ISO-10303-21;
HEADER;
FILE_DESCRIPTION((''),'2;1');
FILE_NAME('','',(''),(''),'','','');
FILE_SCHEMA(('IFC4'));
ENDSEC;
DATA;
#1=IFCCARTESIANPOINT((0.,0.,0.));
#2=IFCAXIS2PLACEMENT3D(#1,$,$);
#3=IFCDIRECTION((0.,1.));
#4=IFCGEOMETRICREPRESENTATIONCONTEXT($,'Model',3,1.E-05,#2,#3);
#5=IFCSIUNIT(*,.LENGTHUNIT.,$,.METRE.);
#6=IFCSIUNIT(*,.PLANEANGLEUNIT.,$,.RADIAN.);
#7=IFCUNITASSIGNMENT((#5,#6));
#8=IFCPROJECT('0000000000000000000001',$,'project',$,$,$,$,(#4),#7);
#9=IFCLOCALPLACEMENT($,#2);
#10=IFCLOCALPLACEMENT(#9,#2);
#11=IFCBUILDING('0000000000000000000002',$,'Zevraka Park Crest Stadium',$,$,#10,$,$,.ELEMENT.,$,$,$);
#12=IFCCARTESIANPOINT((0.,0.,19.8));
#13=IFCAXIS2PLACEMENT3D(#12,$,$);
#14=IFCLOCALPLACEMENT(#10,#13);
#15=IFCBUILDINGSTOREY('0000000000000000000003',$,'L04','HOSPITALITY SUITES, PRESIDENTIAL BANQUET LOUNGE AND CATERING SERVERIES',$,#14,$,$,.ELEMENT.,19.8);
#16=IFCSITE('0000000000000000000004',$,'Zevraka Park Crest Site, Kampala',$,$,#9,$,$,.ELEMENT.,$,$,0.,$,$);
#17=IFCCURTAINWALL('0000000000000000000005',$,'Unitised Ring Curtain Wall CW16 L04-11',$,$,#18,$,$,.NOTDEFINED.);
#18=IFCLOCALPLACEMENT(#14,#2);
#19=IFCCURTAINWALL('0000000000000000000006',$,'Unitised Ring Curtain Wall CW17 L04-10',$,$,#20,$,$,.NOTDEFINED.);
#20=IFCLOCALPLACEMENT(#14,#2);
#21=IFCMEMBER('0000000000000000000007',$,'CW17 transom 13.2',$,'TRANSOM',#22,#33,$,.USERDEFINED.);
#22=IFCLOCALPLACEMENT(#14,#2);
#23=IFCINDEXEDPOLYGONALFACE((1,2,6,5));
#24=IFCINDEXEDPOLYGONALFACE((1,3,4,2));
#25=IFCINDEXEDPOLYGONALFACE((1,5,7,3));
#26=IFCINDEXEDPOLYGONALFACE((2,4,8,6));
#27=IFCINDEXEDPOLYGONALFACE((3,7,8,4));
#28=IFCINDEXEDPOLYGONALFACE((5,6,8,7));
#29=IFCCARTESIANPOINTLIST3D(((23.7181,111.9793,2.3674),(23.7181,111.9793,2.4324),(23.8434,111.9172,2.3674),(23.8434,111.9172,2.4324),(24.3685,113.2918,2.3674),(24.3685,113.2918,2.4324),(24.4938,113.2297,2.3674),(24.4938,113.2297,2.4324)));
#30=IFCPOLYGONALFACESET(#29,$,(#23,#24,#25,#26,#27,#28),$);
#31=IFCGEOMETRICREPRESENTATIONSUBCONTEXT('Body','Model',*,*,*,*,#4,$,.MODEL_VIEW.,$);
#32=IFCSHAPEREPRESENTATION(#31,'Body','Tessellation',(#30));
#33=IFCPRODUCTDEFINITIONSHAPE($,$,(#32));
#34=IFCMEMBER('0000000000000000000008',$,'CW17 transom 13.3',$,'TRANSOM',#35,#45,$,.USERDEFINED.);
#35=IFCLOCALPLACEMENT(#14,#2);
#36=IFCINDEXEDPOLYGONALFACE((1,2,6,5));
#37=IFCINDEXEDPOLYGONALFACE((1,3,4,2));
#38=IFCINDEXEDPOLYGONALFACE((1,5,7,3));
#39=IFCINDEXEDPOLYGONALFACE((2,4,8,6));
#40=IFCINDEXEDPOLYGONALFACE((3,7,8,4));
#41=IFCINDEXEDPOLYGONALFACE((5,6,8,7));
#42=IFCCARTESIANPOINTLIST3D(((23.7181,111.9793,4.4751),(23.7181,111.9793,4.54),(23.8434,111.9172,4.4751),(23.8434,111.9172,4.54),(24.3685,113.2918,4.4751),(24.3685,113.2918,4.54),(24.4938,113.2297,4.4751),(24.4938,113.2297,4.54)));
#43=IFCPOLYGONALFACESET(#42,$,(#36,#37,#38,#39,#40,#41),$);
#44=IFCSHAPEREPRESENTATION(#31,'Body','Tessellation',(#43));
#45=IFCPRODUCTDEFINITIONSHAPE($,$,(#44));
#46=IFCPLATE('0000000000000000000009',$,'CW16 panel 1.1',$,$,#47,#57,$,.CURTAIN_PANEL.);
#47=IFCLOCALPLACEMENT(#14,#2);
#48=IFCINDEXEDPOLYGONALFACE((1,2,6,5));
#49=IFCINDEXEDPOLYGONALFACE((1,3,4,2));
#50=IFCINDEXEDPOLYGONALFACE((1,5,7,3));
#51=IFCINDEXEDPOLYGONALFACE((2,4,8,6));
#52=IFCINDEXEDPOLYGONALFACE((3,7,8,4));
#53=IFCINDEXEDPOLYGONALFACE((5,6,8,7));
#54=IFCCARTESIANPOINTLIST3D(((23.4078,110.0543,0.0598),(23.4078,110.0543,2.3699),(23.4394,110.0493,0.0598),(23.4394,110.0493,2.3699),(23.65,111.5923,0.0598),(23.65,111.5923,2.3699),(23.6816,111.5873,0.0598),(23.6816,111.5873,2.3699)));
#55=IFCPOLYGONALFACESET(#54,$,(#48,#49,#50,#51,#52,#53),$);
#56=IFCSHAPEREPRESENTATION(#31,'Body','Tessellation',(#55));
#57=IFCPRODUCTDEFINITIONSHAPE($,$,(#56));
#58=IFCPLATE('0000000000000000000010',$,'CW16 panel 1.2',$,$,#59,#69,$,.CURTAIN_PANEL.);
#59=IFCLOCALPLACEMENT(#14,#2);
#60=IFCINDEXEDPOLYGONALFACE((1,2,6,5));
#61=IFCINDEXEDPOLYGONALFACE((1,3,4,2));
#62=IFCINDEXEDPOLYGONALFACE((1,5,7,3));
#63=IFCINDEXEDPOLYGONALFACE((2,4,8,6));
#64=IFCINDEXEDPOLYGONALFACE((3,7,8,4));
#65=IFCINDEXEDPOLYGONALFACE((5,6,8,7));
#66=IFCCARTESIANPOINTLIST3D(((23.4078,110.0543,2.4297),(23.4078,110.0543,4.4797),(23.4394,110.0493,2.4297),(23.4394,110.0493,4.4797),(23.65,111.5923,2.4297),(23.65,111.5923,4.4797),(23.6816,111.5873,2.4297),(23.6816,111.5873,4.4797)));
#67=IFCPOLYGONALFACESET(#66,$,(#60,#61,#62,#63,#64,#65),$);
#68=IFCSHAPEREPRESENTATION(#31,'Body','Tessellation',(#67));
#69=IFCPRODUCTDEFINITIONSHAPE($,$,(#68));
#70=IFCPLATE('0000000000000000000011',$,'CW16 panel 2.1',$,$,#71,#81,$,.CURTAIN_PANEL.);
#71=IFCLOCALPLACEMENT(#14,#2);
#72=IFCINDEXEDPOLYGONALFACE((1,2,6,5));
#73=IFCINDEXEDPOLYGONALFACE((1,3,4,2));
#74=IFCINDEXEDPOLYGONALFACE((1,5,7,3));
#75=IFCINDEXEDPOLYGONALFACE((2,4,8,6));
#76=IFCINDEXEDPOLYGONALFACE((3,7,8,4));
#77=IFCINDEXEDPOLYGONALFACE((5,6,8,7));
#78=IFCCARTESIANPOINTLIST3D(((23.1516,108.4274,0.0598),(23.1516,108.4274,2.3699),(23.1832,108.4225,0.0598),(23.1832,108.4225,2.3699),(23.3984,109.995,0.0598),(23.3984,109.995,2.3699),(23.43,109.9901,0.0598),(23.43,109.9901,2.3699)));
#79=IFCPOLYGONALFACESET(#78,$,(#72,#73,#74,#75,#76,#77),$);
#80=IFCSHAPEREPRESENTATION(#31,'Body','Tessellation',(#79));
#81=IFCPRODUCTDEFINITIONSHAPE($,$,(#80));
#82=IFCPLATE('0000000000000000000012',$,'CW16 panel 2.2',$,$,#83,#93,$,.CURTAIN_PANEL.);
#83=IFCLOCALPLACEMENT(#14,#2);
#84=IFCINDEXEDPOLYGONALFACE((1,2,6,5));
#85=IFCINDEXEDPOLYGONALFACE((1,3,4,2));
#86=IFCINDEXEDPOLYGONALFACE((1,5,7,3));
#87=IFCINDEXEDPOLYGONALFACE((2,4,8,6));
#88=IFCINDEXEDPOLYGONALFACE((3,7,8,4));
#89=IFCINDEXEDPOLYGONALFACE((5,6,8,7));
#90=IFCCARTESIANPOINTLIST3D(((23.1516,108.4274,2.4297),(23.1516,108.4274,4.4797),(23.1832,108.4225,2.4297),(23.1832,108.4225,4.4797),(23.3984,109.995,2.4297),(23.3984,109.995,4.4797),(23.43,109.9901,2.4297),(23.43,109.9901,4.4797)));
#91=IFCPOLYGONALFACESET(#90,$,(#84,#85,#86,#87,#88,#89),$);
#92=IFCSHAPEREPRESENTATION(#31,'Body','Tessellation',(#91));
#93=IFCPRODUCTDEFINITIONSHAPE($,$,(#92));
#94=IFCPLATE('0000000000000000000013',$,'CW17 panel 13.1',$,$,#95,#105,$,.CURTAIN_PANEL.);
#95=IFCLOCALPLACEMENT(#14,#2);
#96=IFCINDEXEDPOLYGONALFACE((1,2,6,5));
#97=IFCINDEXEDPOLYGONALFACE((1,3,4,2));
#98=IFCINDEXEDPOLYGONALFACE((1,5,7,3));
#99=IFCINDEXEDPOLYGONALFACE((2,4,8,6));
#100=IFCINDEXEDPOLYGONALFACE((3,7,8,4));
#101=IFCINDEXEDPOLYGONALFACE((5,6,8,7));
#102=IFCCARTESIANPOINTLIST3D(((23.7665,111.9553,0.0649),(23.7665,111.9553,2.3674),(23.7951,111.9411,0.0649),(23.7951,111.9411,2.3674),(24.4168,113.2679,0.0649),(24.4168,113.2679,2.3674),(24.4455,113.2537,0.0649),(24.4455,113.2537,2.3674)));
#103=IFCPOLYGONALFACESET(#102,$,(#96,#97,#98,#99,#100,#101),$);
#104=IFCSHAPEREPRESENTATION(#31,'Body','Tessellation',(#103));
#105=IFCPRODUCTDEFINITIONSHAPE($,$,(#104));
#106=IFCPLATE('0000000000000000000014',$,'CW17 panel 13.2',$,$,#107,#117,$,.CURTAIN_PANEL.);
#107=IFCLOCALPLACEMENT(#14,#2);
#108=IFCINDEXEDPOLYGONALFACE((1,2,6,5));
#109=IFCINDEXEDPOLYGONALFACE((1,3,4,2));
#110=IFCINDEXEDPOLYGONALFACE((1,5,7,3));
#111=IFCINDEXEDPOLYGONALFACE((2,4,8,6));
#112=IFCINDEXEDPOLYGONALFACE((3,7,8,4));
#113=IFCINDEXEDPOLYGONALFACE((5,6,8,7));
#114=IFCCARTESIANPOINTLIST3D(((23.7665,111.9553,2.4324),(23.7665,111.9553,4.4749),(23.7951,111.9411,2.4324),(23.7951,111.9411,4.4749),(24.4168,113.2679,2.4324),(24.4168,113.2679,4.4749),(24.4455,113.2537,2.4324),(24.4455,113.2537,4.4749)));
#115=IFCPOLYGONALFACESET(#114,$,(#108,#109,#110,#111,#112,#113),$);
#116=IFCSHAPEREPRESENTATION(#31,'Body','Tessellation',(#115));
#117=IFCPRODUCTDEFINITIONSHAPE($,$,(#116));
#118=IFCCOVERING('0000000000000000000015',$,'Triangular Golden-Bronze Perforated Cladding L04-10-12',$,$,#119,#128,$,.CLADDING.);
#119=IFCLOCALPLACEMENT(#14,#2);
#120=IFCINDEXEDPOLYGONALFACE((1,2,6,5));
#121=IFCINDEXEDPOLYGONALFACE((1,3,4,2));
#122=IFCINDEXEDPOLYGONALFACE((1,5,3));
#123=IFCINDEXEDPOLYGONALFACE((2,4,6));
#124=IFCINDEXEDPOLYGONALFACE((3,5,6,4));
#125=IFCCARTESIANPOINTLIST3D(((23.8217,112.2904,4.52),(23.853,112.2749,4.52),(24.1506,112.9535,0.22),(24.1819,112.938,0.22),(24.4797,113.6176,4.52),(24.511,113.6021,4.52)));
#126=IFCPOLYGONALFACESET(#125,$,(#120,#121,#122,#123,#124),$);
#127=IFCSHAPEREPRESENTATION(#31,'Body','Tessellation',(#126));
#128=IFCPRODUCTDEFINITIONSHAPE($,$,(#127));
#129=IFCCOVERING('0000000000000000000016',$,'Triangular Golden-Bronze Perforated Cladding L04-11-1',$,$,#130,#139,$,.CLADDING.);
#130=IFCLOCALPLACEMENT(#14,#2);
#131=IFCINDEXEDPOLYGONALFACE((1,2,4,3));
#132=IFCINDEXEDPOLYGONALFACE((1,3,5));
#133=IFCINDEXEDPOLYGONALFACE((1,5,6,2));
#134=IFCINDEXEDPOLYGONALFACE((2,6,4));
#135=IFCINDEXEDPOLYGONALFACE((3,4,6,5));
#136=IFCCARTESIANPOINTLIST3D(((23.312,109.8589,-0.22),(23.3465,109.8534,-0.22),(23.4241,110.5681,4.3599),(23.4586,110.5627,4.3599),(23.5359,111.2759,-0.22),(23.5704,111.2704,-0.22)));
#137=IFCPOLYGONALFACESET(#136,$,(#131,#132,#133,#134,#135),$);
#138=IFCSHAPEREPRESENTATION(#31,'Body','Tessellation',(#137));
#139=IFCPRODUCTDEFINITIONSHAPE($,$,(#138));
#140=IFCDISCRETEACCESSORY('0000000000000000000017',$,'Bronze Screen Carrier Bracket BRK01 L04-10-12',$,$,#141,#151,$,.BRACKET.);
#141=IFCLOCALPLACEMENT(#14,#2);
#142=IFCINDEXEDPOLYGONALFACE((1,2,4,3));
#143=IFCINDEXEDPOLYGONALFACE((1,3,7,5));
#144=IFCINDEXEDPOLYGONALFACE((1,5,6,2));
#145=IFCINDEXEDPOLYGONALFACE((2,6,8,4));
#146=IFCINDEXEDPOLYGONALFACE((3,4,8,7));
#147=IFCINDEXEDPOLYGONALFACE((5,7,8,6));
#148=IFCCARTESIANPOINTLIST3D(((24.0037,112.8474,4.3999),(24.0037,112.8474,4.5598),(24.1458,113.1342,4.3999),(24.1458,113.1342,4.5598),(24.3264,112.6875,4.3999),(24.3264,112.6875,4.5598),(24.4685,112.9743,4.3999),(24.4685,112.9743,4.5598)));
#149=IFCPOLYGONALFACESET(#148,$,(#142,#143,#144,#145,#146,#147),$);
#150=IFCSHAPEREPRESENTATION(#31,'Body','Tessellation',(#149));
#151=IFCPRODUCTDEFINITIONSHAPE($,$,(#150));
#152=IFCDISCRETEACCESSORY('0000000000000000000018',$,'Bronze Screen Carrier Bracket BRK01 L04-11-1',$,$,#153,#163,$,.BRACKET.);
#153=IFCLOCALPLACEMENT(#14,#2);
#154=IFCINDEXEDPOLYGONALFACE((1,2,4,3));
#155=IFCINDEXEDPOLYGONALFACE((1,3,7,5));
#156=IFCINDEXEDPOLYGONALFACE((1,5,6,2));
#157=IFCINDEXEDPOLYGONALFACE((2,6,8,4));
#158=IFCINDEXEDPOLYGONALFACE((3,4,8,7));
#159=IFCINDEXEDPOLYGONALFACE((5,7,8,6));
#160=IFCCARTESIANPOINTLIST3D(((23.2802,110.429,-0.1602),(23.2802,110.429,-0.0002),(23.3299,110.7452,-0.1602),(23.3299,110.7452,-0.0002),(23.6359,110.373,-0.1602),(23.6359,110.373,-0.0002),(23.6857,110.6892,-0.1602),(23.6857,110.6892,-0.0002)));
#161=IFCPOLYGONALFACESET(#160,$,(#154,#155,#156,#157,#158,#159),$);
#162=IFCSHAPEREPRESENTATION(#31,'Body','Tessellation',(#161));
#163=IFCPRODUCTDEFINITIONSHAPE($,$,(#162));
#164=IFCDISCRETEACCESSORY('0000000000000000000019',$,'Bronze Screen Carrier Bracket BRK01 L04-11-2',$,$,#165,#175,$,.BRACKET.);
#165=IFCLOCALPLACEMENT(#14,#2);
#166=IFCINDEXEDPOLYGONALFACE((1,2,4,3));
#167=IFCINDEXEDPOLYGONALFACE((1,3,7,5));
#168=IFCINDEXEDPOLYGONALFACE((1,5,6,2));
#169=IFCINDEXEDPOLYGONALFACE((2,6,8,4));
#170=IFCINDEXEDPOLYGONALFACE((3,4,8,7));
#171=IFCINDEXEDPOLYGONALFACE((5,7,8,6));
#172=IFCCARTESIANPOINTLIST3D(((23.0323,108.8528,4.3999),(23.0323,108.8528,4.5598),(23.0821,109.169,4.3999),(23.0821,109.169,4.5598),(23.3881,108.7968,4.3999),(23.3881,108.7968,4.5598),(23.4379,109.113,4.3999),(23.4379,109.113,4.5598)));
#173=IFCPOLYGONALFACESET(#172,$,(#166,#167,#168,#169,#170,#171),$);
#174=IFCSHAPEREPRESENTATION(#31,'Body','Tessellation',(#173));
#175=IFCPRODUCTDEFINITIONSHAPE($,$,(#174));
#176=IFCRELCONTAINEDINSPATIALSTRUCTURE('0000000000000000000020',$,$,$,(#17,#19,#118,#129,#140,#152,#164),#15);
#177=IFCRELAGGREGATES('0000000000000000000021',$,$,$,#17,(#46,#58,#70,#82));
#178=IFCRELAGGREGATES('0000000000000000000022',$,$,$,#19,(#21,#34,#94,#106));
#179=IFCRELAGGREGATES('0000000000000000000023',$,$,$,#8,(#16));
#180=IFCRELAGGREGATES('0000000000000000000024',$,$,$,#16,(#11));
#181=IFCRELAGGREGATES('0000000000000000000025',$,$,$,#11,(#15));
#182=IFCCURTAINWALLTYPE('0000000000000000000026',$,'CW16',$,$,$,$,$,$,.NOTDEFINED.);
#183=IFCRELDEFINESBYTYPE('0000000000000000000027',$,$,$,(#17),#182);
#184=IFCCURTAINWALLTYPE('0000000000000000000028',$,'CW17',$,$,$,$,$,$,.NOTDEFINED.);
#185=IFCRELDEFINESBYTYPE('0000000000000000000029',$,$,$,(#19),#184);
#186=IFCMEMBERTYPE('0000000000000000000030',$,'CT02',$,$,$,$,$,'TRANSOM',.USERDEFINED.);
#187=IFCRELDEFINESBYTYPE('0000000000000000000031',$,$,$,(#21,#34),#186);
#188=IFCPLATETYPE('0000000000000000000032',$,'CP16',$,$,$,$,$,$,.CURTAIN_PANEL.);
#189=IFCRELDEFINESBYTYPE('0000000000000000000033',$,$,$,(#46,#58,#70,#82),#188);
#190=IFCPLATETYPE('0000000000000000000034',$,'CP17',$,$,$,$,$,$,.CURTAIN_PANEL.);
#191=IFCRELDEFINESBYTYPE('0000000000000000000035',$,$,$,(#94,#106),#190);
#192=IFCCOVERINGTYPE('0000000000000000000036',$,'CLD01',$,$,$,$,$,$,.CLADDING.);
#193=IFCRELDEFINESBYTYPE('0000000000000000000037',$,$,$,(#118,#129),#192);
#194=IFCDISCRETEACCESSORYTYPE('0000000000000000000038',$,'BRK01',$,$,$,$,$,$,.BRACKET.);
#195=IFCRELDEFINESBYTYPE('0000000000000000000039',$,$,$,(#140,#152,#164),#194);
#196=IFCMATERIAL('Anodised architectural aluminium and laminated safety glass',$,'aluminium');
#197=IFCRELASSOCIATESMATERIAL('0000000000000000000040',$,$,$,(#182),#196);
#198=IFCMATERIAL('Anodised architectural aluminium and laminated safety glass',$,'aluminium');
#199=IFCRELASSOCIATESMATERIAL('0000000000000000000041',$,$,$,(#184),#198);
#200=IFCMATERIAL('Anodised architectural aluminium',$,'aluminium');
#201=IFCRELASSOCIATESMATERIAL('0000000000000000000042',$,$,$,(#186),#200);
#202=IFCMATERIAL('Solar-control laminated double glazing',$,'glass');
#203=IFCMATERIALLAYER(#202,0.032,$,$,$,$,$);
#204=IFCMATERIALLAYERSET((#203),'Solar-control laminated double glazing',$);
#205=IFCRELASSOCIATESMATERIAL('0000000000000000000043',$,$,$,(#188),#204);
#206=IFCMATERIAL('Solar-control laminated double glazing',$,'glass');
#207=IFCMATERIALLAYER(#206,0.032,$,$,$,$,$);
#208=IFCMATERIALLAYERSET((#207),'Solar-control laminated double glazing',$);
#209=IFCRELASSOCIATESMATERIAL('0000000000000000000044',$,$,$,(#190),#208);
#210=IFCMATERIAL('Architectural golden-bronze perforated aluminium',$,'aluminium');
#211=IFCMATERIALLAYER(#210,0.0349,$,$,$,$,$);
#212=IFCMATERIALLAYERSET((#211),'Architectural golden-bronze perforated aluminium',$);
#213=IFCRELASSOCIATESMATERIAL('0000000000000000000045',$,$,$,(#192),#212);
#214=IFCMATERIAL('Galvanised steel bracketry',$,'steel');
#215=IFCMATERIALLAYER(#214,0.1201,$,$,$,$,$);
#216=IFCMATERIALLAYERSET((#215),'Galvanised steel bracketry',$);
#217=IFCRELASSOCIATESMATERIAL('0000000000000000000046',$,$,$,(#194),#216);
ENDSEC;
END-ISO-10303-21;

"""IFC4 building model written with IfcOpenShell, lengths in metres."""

from ifc_helpers import new_model, si_unit, direction, frame, origin, origin_2d, place, context, subcontext, project, spatial, polyline, rectangle, outline, extrude, material, layer, layer_set, material_profile, profile_set, type_object, element, aggregate, save


model = new_model("IFC4")

# Units and contexts
model_context = context("Model", 3, precision=1e-05, world=origin(), true_north=direction((0.0, 1.0)))
body_context = subcontext(model_context, "Body", "Model", "MODEL_VIEW")
ifc_project = project(units=[si_unit("LENGTHUNIT", "METRE"), si_unit("PLANEANGLEUNIT", "RADIAN")], contexts=[model_context])

# Site, building, storey
site_placement = place(None, origin())
site = spatial("IfcSite", under=ifc_project, at=site_placement, Name="Zevraka Park Crest Site, Kampala", CompositionType="ELEMENT", RefElevation=0.0)
building_placement = place(site_placement, origin())
building = spatial("IfcBuilding", under=site, at=building_placement, Name="Zevraka Park Crest Stadium", CompositionType="ELEMENT")
storey_placement = place(building_placement, frame((0.0, 0.0, 19.8)))
storey = spatial("IfcBuildingStorey", under=building, at=storey_placement, Name="L04", Description="HOSPITALITY SUITES, PRESIDENTIAL BANQUET LOUNGE AND CATERING SERVERIES", CompositionType="ELEMENT", Elevation=19.8)

# Curtain wall
ifc_material_1 = material(Name="Anodised architectural aluminium and laminated safety glass", Category="aluminium")
curtain_wall_type_1 = type_object("IfcCurtainWallType", Name="CW16", PredefinedType="NOTDEFINED", material=ifc_material_1)
curtain_wall_1_placement = place(storey_placement, origin())
curtain_wall_1 = element("IfcCurtainWall", 1, at=curtain_wall_1_placement, inside=storey, type_object=curtain_wall_type_1, Name="Unitised Ring Curtain Wall CW16 L04-11", PredefinedType="NOTDEFINED")

# Curtain wall
ifc_material_2 = material(Name="Anodised architectural aluminium and laminated safety glass", Category="aluminium")
curtain_wall_type_2 = type_object("IfcCurtainWallType", Name="CW17", PredefinedType="NOTDEFINED", material=ifc_material_2)
curtain_wall_2_placement = place(storey_placement, origin())
curtain_wall_2 = element("IfcCurtainWall", 2, at=curtain_wall_2_placement, inside=storey, type_object=curtain_wall_type_2, Name="Unitised Ring Curtain Wall CW17 L04-10", PredefinedType="NOTDEFINED")

# Members
ifc_material_3 = material(Name="Anodised architectural aluminium", Category="aluminium")
ifc_material_profile_1 = material_profile(ifc_material_3, rectangle(XDim=0.1399, YDim=0.0649, at=origin_2d()), Name="ALU TRANSOM 140x65")
ifc_profile_set_1 = profile_set([ifc_material_profile_1], Name="Anodised architectural aluminium")
member_type_1 = type_object("IfcMemberType", Name="CT02", ElementType="TRANSOM", PredefinedType="USERDEFINED", material=ifc_profile_set_1)
member_1_placement = place(storey_placement, frame((24.4312, 113.2607, 2.3999), z_axis=(-0.444011, -0.896022, 0.0), x_axis=(0.896022, -0.444011, 0.0)))
member_1 = element("IfcMember", 3, at=member_1_placement, type_object=member_type_1, Name="CW17 transom 13.2", ObjectType="TRANSOM", PredefinedType="USERDEFINED", context=body_context, shape_type="SweptSolid", body=[
    extrude(rectangle(XDim=0.1399, YDim=0.0649, at=origin_2d()), origin(), (0.0, 0.0, 1.0), 1.4648),
])
member_2_placement = place(storey_placement, frame((24.4312, 113.2607, 4.5076), z_axis=(-0.444011, -0.896022, 0.0), x_axis=(0.896022, -0.444011, 0.0)))
member_2 = element("IfcMember", 4, at=member_2_placement, type_object=member_type_1, Name="CW17 transom 13.3", ObjectType="TRANSOM", PredefinedType="USERDEFINED", context=body_context, shape_type="SweptSolid", body=[
    extrude(rectangle(XDim=0.1399, YDim=0.0649, at=origin_2d()), origin(), (0.0, 0.0, 1.0), 1.4648),
])

# Plates
ifc_material_4 = material(Name="Solar-control laminated double glazing", Category="glass")
ifc_layer_1 = layer(ifc_material_4, 0.032)
ifc_layer_set_1 = layer_set([ifc_layer_1], Name="Solar-control laminated double glazing")
plate_type_1 = type_object("IfcPlateType", Name="CP16", PredefinedType="CURTAIN_PANEL", material=ifc_layer_set_1)
plate_1_placement = place(storey_placement, frame((23.5447, 110.8208, 0.0598), z_axis=(0.0, 0.0, 1.0), x_axis=(-0.155539, -0.98783, 0.0)))
plate_1 = element("IfcPlate", 5, at=plate_1_placement, type_object=plate_type_1, Name="CW16 panel 1.1", PredefinedType="CURTAIN_PANEL", context=body_context, shape_type="SweptSolid", body=[
    extrude(rectangle(XDim=1.5569, YDim=0.032, at=origin_2d()), origin(), (0.0, 0.0, 1.0), 2.3101),
])
plate_2_placement = place(storey_placement, frame((23.5447, 110.8208, 2.4297), z_axis=(0.0, 0.0, 1.0), x_axis=(-0.155539, -0.98783, 0.0)))
plate_2 = element("IfcPlate", 6, at=plate_2_placement, type_object=plate_type_1, Name="CW16 panel 1.2", PredefinedType="CURTAIN_PANEL", context=body_context, shape_type="SweptSolid", body=[
    extrude(rectangle(XDim=1.5569, YDim=0.032, at=origin_2d()), origin(), (0.0, 0.0, 1.0), 2.05),
])
plate_3_placement = place(storey_placement, frame((23.2908, 109.2087, 0.0598), z_axis=(0.0, 0.0, 1.0), x_axis=(-0.155539, -0.98783, 0.0)))
plate_3 = element("IfcPlate", 7, at=plate_3_placement, type_object=plate_type_1, Name="CW16 panel 2.1", PredefinedType="CURTAIN_PANEL", context=body_context, shape_type="SweptSolid", body=[
    extrude(rectangle(XDim=1.5869, YDim=0.032, at=origin_2d()), origin(), (0.0, 0.0, 1.0), 2.3101),
])
plate_4_placement = place(storey_placement, frame((23.2908, 109.2087, 2.4297), z_axis=(0.0, 0.0, 1.0), x_axis=(-0.155539, -0.98783, 0.0)))
plate_4 = element("IfcPlate", 8, at=plate_4_placement, type_object=plate_type_1, Name="CW16 panel 2.2", PredefinedType="CURTAIN_PANEL", context=body_context, shape_type="SweptSolid", body=[
    extrude(rectangle(XDim=1.5869, YDim=0.032, at=origin_2d()), origin(), (0.0, 0.0, 1.0), 2.05),
])
aggregate(curtain_wall_1, [plate_1, plate_2, plate_3, plate_4])
ifc_material_5 = material(Name="Solar-control laminated double glazing", Category="glass")
ifc_layer_2 = layer(ifc_material_5, 0.032)
ifc_layer_set_2 = layer_set([ifc_layer_2], Name="Solar-control laminated double glazing")
plate_type_2 = type_object("IfcPlateType", Name="CP17", PredefinedType="CURTAIN_PANEL", material=ifc_layer_set_2)
plate_5_placement = place(storey_placement, frame((24.106, 112.6045, 0.0649), z_axis=(0.0, 0.0, 1.0), x_axis=(-0.443961, -0.896046, 0.0)))
plate_5 = element("IfcPlate", 9, at=plate_5_placement, type_object=plate_type_2, Name="CW17 panel 13.1", PredefinedType="CURTAIN_PANEL", context=body_context, shape_type="SweptSolid", body=[
    extrude(rectangle(XDim=1.4648, YDim=0.032, at=origin_2d()), origin(), (0.0, 0.0, 1.0), 2.3025),
])
plate_6_placement = place(storey_placement, frame((24.106, 112.6045, 2.4324), z_axis=(0.0, 0.0, 1.0), x_axis=(-0.443961, -0.896046, 0.0)))
plate_6 = element("IfcPlate", 10, at=plate_6_placement, type_object=plate_type_2, Name="CW17 panel 13.2", PredefinedType="CURTAIN_PANEL", context=body_context, shape_type="SweptSolid", body=[
    extrude(rectangle(XDim=1.4648, YDim=0.032, at=origin_2d()), origin(), (0.0, 0.0, 1.0), 2.0425),
])
aggregate(curtain_wall_2, [member_1, member_2, plate_5, plate_6])

# Coverings
ifc_material_6 = material(Name="Architectural golden-bronze perforated aluminium", Category="aluminium")
ifc_layer_3 = layer(ifc_material_6, 0.0349)
ifc_layer_set_3 = layer_set([ifc_layer_3], Name="Architectural golden-bronze perforated aluminium")
covering_type = type_object("IfcCoveringType", Name="CLD01", PredefinedType="CLADDING", material=ifc_layer_set_3)
covering_1_placement = place(storey_placement, frame((23.853, 112.2749, 4.52), z_axis=(0.895938, -0.444178, 0.000025), x_axis=(0.444178, 0.895938, 0.0)))
element("IfcCovering", 11, at=covering_1_placement, inside=storey, type_object=covering_type, Name="Triangular Golden-Bronze Perforated Cladding L04-10-12", PredefinedType="CLADDING", context=body_context, shape_type="SweptSolid", body=[
    extrude(outline(polyline([(0.0, 0.0), (1.4813, 0.0), (0.7402, -4.3), (0.0, 0.0)])), origin(), (0.0, 0.0, -1.0), 0.0349),
])
covering_2_placement = place(storey_placement, frame((23.5359, 111.2759, -0.22), z_axis=(-0.987748, 0.156059, 0.000001), x_axis=(-0.156059, -0.987748, 0.0)))
element("IfcCovering", 12, at=covering_2_placement, inside=storey, type_object=covering_type, Name="Triangular Golden-Bronze Perforated Cladding L04-11-1", PredefinedType="CLADDING", context=body_context, shape_type="SweptSolid", body=[
    extrude(outline(polyline([(0.0, 0.0), (1.4346, 0.0), (0.7165, 4.5798), (0.0, 0.0)])), origin(), (0.0, 0.0, -1.0), 0.0349),
])

# Discrete accessories
ifc_material_7 = material(Name="Galvanised steel bracketry", Category="steel")
ifc_layer_4 = layer(ifc_material_7, 0.1201)
ifc_layer_set_4 = layer_set([ifc_layer_4], Name="Galvanised steel bracketry")
discrete_accessory_type = type_object("IfcDiscreteAccessoryType", Name="BRK01", PredefinedType="BRACKET", material=ifc_layer_set_4)
for number, where, z_axis, x_axis, name in (
    (13, (24.2361, 112.9109, 4.3999), (0.0, 0.0, 1.0), (-0.44401, -0.896022, 0.0), "Bronze Screen Carrier Bracket BRK01 L04-10-12"),
    (14, (23.4829, 110.5591, -0.1602), (0.0, 0.0, 1.0), (-0.155572, -0.987824, 0.0), "Bronze Screen Carrier Bracket BRK01 L04-11-1"),
    (15, (23.2351, 108.9829, 4.3999), (0.0, 0.0, 1.0), (-0.155572, -0.987824, 0.0), "Bronze Screen Carrier Bracket BRK01 L04-11-2"),
):
    element("IfcDiscreteAccessory", number, at=place(storey_placement, frame(where, z_axis=z_axis, x_axis=x_axis)), inside=storey, type_object=discrete_accessory_type, Name=name, PredefinedType="BRACKET", context=body_context, shape_type="SweptSolid", body=[
        extrude(rectangle(XDim=0.3201, YDim=0.3601, at=origin_2d()), origin(), (0.0, 0.0, 1.0), 0.1599),
    ])

save(model, "model.ifc")
